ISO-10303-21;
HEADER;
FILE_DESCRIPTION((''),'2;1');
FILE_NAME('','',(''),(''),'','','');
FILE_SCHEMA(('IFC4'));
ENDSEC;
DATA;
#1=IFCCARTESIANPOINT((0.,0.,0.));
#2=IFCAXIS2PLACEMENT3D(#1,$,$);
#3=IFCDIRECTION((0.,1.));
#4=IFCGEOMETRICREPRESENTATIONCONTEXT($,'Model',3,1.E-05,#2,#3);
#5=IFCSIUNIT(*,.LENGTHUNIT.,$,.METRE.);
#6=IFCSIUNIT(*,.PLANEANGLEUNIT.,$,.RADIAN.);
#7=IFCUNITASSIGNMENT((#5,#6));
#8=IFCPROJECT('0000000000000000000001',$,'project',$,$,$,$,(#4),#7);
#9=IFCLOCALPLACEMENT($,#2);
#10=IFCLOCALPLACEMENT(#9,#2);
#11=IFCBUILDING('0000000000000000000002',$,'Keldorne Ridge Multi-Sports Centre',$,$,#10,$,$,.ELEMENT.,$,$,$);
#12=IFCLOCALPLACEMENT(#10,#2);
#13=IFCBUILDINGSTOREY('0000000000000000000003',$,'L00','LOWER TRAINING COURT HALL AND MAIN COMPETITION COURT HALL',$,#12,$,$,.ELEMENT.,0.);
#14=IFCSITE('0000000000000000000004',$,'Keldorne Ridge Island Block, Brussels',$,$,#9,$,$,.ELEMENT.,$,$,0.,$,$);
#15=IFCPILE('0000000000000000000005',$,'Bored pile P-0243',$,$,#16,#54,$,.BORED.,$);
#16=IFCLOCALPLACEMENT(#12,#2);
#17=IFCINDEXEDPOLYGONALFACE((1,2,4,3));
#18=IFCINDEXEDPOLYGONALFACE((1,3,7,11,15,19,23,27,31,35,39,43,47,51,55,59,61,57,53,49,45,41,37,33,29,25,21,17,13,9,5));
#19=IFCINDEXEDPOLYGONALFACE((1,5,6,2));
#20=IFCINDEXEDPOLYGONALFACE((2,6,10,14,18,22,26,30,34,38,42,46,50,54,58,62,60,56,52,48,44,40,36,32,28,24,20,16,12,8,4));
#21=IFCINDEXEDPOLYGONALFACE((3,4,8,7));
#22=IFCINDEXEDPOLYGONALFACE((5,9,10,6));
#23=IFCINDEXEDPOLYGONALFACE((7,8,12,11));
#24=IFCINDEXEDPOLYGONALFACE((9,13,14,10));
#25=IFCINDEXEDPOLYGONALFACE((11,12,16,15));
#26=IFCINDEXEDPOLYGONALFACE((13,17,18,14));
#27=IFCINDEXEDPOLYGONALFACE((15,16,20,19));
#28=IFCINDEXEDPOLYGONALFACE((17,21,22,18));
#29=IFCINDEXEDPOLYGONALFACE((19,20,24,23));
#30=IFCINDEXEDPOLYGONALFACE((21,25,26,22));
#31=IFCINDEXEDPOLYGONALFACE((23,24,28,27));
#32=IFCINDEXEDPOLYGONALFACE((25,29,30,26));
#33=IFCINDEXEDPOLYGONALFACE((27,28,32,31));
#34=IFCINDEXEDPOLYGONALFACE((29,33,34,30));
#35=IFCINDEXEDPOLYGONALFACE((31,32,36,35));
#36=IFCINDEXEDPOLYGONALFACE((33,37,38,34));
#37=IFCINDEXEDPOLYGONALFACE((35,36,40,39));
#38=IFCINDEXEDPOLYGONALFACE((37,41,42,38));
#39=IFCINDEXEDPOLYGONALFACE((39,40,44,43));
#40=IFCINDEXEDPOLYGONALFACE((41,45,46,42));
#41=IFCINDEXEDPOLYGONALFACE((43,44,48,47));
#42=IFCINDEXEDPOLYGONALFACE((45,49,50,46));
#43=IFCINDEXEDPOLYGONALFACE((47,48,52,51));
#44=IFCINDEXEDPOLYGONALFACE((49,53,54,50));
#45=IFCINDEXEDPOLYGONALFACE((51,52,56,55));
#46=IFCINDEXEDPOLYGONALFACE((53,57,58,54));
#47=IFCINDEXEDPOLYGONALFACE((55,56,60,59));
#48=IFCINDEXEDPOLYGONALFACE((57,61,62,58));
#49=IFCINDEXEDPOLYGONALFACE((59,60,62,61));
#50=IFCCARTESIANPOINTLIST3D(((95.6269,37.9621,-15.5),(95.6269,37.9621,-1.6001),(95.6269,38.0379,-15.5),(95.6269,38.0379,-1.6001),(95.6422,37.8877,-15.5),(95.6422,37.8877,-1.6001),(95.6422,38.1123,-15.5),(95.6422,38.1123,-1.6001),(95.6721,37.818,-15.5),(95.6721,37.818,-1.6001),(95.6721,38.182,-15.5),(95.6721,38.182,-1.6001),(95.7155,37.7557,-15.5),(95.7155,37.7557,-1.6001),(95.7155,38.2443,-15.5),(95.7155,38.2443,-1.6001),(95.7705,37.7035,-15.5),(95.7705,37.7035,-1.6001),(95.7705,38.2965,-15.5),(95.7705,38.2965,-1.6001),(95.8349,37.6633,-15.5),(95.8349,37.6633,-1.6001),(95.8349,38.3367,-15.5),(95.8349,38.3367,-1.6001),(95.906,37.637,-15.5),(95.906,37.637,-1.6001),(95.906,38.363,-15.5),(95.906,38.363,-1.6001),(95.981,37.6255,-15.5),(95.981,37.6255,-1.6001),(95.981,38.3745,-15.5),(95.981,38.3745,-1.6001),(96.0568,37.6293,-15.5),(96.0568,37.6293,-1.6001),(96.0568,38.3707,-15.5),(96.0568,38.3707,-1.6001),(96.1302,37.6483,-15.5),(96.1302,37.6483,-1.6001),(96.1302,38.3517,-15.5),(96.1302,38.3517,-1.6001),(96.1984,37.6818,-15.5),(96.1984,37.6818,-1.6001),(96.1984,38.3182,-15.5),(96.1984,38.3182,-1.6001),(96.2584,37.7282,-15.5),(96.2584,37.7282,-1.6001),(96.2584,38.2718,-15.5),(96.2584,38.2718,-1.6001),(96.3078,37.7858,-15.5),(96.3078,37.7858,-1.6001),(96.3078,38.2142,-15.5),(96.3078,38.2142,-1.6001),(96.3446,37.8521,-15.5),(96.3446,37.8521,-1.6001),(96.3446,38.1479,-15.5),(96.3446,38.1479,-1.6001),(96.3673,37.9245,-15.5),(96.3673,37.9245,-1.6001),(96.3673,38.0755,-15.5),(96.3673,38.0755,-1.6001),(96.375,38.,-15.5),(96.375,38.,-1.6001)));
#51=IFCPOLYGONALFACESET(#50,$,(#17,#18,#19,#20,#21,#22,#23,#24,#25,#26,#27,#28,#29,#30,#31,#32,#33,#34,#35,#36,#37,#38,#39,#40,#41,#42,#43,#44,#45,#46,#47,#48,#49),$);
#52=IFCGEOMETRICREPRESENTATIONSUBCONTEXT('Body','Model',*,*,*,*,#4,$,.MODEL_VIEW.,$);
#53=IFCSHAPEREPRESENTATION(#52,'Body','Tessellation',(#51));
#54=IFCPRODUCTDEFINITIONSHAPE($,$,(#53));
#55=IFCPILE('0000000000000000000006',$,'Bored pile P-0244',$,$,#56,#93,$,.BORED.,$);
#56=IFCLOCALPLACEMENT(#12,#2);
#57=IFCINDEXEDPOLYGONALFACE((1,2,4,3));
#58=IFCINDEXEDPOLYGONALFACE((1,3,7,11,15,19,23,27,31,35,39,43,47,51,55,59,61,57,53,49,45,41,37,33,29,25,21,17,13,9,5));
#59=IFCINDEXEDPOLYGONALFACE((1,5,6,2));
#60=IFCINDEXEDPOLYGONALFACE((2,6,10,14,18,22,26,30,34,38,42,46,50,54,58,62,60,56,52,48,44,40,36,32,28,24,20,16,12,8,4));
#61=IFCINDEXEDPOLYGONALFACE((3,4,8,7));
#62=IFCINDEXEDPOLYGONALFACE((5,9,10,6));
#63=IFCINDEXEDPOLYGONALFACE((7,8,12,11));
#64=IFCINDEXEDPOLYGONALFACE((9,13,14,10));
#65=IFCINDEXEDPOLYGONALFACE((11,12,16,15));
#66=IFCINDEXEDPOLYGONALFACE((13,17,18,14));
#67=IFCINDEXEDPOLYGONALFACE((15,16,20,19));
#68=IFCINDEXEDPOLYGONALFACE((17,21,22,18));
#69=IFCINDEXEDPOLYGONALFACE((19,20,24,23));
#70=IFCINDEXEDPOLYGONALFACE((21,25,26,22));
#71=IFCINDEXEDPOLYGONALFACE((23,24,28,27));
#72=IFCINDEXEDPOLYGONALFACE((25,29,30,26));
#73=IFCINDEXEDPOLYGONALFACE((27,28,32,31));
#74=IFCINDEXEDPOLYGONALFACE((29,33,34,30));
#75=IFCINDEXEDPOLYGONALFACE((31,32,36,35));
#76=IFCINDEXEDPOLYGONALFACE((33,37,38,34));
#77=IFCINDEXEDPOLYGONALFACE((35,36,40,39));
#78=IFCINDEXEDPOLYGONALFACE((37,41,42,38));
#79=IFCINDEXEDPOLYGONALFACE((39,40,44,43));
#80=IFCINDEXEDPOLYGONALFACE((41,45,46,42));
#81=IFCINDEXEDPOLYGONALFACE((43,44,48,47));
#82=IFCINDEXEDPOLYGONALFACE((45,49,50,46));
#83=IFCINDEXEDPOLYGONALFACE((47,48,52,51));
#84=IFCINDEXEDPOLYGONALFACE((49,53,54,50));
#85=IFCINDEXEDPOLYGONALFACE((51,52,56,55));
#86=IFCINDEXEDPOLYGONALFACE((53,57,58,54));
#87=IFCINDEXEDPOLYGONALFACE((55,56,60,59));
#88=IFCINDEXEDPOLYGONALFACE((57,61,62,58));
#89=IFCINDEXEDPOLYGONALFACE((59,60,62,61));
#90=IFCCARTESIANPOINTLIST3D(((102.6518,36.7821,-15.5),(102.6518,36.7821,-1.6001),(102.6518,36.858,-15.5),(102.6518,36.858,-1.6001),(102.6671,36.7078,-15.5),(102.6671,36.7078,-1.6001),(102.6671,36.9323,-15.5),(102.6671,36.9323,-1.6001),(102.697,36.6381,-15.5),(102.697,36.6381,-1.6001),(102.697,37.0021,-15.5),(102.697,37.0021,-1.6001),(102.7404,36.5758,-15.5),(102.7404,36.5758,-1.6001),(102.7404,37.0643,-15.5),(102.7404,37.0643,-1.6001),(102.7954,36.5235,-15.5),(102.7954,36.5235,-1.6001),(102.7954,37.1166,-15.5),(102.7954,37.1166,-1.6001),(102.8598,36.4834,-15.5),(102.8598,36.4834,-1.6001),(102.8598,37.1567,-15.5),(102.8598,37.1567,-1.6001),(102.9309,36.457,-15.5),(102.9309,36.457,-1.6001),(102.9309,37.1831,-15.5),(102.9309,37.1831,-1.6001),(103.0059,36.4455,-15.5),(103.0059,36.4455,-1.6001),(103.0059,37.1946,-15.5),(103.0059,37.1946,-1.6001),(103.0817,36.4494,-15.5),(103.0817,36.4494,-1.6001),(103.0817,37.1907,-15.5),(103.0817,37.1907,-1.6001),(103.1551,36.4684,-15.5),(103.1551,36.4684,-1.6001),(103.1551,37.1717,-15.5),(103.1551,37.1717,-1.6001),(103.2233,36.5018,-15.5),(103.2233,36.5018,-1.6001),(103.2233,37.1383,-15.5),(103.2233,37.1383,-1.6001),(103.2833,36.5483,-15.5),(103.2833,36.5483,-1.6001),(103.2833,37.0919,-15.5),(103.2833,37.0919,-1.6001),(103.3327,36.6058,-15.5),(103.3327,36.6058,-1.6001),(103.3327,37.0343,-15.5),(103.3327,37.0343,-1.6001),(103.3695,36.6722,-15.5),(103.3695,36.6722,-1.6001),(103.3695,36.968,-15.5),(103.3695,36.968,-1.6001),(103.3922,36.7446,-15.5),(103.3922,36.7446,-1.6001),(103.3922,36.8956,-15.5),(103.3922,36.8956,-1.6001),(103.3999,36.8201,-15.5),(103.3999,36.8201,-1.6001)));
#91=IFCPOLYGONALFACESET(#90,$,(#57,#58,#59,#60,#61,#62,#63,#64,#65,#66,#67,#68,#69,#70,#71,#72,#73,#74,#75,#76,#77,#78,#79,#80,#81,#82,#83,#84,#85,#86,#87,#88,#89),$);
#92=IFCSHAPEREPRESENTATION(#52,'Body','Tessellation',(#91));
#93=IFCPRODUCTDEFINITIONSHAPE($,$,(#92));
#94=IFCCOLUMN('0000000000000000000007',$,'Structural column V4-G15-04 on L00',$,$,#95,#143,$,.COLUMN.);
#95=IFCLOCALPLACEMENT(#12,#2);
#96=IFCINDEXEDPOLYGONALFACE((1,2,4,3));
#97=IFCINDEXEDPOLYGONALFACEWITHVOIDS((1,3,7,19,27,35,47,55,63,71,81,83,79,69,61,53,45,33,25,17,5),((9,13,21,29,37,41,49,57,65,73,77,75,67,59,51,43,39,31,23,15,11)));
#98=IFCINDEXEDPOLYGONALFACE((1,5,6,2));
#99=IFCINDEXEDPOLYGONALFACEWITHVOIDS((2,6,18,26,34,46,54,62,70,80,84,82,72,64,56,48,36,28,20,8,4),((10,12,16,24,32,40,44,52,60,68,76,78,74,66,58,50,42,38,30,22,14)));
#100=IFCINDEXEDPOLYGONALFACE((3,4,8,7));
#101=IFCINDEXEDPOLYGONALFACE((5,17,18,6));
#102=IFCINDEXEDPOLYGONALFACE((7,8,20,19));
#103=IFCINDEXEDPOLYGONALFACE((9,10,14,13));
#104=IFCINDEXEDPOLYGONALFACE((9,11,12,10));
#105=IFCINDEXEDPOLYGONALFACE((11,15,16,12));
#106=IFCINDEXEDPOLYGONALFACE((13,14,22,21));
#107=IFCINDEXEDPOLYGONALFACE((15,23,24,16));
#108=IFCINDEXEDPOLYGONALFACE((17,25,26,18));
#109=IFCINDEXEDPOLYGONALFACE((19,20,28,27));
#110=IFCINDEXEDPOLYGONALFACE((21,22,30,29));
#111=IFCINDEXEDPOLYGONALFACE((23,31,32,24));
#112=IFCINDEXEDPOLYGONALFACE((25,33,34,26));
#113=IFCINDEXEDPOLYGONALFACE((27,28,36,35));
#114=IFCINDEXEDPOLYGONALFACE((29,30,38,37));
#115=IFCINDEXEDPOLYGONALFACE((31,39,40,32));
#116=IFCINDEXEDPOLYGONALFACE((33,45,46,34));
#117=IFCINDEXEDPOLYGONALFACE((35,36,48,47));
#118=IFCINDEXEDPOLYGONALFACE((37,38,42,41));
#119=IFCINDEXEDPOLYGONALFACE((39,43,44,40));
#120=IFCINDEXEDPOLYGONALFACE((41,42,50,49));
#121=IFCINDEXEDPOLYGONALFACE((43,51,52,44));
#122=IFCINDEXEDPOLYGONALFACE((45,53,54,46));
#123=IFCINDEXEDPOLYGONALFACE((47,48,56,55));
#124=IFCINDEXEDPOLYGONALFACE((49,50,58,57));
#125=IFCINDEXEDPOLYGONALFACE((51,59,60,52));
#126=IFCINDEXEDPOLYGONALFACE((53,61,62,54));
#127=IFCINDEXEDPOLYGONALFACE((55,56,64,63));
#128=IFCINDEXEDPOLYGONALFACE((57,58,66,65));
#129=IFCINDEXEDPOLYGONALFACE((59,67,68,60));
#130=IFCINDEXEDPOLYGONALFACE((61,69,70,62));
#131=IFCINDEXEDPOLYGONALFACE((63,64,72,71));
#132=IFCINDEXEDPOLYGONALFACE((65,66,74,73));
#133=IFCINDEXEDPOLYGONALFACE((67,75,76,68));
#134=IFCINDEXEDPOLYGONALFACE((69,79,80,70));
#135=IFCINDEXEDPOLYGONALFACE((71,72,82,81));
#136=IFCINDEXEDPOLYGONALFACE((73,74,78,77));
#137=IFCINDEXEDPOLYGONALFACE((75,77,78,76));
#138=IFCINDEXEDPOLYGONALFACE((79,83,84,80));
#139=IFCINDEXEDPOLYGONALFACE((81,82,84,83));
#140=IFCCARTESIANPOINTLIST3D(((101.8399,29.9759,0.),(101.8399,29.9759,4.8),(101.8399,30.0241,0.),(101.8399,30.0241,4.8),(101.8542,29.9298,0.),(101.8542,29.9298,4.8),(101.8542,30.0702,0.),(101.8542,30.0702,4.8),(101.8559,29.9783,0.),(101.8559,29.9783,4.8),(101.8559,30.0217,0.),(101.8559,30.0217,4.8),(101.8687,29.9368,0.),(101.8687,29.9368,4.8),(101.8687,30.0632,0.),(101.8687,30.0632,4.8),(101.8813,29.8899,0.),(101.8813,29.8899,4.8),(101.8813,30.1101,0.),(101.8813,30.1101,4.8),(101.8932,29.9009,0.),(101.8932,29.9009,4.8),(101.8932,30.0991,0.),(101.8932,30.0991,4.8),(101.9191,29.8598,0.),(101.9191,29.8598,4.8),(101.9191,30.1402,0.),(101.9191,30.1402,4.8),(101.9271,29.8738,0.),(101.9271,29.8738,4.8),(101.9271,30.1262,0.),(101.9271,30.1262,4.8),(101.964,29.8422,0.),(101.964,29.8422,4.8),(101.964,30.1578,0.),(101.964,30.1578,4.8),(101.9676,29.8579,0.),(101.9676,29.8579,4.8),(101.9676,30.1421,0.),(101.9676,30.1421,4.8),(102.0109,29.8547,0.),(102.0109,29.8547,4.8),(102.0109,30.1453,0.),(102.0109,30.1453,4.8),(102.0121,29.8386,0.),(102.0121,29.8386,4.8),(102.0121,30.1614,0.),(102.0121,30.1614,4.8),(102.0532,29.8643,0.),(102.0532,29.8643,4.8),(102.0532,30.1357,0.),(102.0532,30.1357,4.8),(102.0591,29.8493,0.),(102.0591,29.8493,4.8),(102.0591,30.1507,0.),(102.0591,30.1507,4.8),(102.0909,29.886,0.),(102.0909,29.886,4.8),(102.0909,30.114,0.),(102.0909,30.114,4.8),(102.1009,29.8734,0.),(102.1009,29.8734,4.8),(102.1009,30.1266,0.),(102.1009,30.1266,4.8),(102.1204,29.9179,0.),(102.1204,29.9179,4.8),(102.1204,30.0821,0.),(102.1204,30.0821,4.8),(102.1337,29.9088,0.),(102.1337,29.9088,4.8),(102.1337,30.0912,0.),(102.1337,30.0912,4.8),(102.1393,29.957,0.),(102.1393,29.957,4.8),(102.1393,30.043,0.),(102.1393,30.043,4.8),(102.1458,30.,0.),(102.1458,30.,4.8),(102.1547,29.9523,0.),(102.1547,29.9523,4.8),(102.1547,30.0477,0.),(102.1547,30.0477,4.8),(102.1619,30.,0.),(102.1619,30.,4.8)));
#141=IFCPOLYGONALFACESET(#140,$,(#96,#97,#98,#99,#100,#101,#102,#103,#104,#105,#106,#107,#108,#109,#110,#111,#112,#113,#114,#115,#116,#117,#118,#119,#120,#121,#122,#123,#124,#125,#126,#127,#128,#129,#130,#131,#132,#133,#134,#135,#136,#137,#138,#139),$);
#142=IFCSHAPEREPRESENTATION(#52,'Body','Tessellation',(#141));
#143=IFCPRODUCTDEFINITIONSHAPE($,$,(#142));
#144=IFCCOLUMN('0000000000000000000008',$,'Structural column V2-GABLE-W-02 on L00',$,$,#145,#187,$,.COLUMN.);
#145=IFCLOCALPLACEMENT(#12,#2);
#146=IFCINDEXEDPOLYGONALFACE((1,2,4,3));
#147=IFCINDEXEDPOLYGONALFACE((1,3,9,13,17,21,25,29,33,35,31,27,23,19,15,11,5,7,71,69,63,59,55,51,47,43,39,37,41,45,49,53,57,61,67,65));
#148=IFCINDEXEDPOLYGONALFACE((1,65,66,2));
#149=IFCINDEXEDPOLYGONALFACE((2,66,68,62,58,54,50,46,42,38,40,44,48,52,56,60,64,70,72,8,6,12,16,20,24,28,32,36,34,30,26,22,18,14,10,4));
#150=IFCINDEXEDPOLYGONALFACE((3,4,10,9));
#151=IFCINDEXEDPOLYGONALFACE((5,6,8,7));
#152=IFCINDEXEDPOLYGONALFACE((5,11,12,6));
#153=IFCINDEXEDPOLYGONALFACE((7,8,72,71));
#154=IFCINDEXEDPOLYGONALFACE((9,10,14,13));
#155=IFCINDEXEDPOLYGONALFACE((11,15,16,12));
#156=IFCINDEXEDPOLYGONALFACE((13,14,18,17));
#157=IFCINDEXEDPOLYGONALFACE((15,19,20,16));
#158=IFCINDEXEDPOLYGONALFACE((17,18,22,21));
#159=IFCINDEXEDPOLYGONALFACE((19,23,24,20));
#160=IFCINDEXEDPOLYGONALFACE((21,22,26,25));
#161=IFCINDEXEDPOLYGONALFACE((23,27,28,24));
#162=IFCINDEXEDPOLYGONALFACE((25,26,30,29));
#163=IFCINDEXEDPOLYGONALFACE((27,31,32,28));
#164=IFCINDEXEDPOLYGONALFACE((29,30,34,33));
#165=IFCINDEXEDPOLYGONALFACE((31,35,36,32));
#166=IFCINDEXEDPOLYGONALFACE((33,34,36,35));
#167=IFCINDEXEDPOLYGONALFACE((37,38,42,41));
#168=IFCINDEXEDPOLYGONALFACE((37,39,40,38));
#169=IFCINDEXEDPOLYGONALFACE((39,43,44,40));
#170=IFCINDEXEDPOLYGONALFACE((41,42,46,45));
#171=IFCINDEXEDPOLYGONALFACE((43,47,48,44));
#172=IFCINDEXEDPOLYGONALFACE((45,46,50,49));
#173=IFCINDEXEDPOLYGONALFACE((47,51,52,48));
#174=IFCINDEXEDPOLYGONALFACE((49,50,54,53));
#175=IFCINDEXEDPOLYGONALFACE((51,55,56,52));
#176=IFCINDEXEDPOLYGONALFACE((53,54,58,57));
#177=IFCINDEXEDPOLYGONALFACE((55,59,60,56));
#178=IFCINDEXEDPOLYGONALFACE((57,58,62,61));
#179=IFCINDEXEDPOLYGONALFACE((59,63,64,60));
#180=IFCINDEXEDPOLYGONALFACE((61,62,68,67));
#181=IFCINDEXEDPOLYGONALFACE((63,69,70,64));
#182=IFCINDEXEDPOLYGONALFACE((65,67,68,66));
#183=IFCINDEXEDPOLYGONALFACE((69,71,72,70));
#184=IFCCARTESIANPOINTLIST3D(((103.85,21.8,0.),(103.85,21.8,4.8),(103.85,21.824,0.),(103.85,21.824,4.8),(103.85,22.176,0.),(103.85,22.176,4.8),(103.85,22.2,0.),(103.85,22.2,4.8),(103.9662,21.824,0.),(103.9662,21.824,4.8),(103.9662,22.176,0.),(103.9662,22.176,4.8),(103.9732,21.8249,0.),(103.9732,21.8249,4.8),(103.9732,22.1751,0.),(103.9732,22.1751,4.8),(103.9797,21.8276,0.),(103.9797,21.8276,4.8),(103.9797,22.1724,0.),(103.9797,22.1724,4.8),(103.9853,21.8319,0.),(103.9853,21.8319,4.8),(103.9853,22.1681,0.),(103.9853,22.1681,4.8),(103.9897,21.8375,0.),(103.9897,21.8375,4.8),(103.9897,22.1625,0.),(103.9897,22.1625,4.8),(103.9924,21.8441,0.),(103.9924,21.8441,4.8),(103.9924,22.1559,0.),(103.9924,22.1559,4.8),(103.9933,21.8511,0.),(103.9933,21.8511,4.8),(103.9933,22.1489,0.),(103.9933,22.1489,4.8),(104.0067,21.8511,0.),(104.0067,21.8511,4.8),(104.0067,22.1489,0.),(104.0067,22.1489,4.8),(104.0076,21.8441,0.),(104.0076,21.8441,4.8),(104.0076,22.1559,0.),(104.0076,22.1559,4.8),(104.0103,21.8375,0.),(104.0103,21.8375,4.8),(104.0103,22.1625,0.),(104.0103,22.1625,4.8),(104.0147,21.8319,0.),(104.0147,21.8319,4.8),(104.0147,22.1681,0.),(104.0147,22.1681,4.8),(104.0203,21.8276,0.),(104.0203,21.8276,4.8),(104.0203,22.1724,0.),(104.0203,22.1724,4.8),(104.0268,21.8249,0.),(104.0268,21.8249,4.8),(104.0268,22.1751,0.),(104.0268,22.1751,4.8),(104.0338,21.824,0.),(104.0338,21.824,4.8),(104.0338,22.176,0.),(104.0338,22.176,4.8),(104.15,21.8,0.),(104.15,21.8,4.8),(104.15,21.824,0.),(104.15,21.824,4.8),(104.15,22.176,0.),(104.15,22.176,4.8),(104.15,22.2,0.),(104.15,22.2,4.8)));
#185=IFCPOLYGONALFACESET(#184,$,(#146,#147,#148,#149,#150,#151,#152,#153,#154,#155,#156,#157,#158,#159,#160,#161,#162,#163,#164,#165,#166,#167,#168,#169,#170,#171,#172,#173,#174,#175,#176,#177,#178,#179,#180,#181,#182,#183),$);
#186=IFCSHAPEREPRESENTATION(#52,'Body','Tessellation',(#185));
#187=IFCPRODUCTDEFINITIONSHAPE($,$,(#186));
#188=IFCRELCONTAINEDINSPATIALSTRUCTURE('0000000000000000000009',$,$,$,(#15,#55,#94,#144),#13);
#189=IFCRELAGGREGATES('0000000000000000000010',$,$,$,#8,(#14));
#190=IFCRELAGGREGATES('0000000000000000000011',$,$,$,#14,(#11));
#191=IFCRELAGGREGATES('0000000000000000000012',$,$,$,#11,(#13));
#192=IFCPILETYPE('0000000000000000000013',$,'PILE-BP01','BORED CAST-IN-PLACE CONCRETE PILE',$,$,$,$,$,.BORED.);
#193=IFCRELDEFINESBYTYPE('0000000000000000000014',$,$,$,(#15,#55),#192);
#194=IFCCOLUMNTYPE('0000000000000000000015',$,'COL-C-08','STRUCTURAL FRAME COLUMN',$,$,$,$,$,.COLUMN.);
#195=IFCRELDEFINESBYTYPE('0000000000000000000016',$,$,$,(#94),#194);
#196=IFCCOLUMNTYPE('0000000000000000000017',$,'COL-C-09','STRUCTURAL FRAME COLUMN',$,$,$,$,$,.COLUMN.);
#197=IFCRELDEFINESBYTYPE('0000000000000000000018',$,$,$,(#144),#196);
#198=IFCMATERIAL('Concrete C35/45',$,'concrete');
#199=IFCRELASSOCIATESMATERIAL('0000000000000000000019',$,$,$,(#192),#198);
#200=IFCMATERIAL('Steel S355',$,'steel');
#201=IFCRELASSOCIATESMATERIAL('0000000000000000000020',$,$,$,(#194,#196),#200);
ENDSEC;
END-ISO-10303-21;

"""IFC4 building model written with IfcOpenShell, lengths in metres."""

from ifc_helpers import new_model, si_unit, direction, frame, origin, origin_2d, place, context, subcontext, project, spatial, circle, hollow_circle, i_section, extrude, material, material_profile, profile_set, type_object, element, save


model = new_model("IFC4")

# Units and contexts
model_context = context("Model", 3, precision=1e-05, world=origin(), true_north=direction((0.0, 1.0)))
body_context = subcontext(model_context, "Body", "Model", "MODEL_VIEW")
ifc_project = project(units=[si_unit("LENGTHUNIT", "METRE"), si_unit("PLANEANGLEUNIT", "RADIAN")], contexts=[model_context])

# Site, building, storey
site_placement = place(None, origin())
site = spatial("IfcSite", under=ifc_project, at=site_placement, Name="Keldorne Ridge Island Block, Brussels", CompositionType="ELEMENT", RefElevation=0.0)
building_placement = place(site_placement, origin())
building = spatial("IfcBuilding", under=site, at=building_placement, Name="Keldorne Ridge Multi-Sports Centre", CompositionType="ELEMENT")
storey_placement = place(building_placement, origin())
storey = spatial("IfcBuildingStorey", under=building, at=storey_placement, Name="L00", Description="LOWER TRAINING COURT HALL AND MAIN COMPETITION COURT HALL", CompositionType="ELEMENT", Elevation=0.0)

# Shared definitions
ifc_material_1 = material(Name="Concrete C35/45", Category="concrete")

# Piles
ifc_material_profile_1 = material_profile(ifc_material_1, circle(Radius=0.375, at=origin_2d()), Name="BORED PILE D750")
ifc_profile_set_1 = profile_set([ifc_material_profile_1], Name="Concrete C35/45")
pile_type = type_object("IfcPileType", Name="PILE-BP01", Description="BORED CAST-IN-PLACE CONCRETE PILE", PredefinedType="BORED", material=ifc_profile_set_1)
for number, where, z_axis, x_axis, name in (
    (1, (96.0, 38.0, -1.6001), (0.0, 0.0, -1.0), (1.0, 0.0, 0.0), "Bored pile P-0243"),
    (2, (103.0249, 36.8201, -1.6001), (0.0, 0.0, -1.0), (1.0, 0.0, 0.0), "Bored pile P-0244"),
):
    element("IfcPile", number, at=place(storey_placement, frame(where, z_axis=z_axis, x_axis=x_axis)), inside=storey, type_object=pile_type, Name=name, PredefinedType="BORED", context=body_context, shape_type="SweptSolid", body=[
        extrude(circle(Radius=0.375, at=origin_2d()), origin(), (0.0, 0.0, 1.0), 13.8999),
    ])

# Columns
ifc_material_2 = material(Name="Steel S355", Category="steel")
ifc_material_profile_2 = material_profile(ifc_material_2, hollow_circle(Radius=0.1619, WallThickness=0.0161, at=origin_2d()), Name="CHS 323.9x16")
ifc_profile_set_2 = profile_set([ifc_material_profile_2], Name="Steel S355")
column_type_1 = type_object("IfcColumnType", Name="COL-C-08", Description="STRUCTURAL FRAME COLUMN", PredefinedType="COLUMN", material=ifc_profile_set_2)
column_placement = place(storey_placement, frame((102.0, 30.0, 0.0), z_axis=(0.0, 0.0, 1.0), x_axis=(1.0, 0.0, 0.0)))
element("IfcColumn", 3, at=column_placement, inside=storey, type_object=column_type_1, Name="Structural column V4-G15-04 on L00", PredefinedType="COLUMN", context=body_context, shape_type="SweptSolid", body=[
    extrude(hollow_circle(Radius=0.1619, WallThickness=0.0161, at=origin_2d()), origin(), (0.0, 0.0, 1.0), 4.8),
])
ifc_material_profile_3 = material_profile(ifc_material_2, i_section(OverallWidth=0.3, OverallDepth=0.3999, WebThickness=0.0134, FlangeThickness=0.0239, FilletRadius=0.0271, at=origin_2d()), Name="HEB 400")
ifc_profile_set_3 = profile_set([ifc_material_profile_3], Name="Steel S355")
column_type_2 = type_object("IfcColumnType", Name="COL-C-09", Description="STRUCTURAL FRAME COLUMN", PredefinedType="COLUMN", material=ifc_profile_set_3)
for number, where, z_axis, x_axis, name in (
    (4, (104.0, 22.0, 0.0), (0.0, 0.0, 1.0), (1.0, 0.0, 0.0), "Structural column V2-GABLE-W-02 on L00"),
):
    element("IfcColumn", number, at=place(storey_placement, frame(where, z_axis=z_axis, x_axis=x_axis)), inside=storey, type_object=column_type_2, Name=name, PredefinedType="COLUMN", context=body_context, shape_type="SweptSolid", body=[
        extrude(i_section(OverallWidth=0.3, OverallDepth=0.3999, WebThickness=0.0134, FlangeThickness=0.0239, FilletRadius=0.0271, at=origin_2d()), origin(), (0.0, 0.0, 1.0), 4.8),
    ])

save(model, "model.ifc")
